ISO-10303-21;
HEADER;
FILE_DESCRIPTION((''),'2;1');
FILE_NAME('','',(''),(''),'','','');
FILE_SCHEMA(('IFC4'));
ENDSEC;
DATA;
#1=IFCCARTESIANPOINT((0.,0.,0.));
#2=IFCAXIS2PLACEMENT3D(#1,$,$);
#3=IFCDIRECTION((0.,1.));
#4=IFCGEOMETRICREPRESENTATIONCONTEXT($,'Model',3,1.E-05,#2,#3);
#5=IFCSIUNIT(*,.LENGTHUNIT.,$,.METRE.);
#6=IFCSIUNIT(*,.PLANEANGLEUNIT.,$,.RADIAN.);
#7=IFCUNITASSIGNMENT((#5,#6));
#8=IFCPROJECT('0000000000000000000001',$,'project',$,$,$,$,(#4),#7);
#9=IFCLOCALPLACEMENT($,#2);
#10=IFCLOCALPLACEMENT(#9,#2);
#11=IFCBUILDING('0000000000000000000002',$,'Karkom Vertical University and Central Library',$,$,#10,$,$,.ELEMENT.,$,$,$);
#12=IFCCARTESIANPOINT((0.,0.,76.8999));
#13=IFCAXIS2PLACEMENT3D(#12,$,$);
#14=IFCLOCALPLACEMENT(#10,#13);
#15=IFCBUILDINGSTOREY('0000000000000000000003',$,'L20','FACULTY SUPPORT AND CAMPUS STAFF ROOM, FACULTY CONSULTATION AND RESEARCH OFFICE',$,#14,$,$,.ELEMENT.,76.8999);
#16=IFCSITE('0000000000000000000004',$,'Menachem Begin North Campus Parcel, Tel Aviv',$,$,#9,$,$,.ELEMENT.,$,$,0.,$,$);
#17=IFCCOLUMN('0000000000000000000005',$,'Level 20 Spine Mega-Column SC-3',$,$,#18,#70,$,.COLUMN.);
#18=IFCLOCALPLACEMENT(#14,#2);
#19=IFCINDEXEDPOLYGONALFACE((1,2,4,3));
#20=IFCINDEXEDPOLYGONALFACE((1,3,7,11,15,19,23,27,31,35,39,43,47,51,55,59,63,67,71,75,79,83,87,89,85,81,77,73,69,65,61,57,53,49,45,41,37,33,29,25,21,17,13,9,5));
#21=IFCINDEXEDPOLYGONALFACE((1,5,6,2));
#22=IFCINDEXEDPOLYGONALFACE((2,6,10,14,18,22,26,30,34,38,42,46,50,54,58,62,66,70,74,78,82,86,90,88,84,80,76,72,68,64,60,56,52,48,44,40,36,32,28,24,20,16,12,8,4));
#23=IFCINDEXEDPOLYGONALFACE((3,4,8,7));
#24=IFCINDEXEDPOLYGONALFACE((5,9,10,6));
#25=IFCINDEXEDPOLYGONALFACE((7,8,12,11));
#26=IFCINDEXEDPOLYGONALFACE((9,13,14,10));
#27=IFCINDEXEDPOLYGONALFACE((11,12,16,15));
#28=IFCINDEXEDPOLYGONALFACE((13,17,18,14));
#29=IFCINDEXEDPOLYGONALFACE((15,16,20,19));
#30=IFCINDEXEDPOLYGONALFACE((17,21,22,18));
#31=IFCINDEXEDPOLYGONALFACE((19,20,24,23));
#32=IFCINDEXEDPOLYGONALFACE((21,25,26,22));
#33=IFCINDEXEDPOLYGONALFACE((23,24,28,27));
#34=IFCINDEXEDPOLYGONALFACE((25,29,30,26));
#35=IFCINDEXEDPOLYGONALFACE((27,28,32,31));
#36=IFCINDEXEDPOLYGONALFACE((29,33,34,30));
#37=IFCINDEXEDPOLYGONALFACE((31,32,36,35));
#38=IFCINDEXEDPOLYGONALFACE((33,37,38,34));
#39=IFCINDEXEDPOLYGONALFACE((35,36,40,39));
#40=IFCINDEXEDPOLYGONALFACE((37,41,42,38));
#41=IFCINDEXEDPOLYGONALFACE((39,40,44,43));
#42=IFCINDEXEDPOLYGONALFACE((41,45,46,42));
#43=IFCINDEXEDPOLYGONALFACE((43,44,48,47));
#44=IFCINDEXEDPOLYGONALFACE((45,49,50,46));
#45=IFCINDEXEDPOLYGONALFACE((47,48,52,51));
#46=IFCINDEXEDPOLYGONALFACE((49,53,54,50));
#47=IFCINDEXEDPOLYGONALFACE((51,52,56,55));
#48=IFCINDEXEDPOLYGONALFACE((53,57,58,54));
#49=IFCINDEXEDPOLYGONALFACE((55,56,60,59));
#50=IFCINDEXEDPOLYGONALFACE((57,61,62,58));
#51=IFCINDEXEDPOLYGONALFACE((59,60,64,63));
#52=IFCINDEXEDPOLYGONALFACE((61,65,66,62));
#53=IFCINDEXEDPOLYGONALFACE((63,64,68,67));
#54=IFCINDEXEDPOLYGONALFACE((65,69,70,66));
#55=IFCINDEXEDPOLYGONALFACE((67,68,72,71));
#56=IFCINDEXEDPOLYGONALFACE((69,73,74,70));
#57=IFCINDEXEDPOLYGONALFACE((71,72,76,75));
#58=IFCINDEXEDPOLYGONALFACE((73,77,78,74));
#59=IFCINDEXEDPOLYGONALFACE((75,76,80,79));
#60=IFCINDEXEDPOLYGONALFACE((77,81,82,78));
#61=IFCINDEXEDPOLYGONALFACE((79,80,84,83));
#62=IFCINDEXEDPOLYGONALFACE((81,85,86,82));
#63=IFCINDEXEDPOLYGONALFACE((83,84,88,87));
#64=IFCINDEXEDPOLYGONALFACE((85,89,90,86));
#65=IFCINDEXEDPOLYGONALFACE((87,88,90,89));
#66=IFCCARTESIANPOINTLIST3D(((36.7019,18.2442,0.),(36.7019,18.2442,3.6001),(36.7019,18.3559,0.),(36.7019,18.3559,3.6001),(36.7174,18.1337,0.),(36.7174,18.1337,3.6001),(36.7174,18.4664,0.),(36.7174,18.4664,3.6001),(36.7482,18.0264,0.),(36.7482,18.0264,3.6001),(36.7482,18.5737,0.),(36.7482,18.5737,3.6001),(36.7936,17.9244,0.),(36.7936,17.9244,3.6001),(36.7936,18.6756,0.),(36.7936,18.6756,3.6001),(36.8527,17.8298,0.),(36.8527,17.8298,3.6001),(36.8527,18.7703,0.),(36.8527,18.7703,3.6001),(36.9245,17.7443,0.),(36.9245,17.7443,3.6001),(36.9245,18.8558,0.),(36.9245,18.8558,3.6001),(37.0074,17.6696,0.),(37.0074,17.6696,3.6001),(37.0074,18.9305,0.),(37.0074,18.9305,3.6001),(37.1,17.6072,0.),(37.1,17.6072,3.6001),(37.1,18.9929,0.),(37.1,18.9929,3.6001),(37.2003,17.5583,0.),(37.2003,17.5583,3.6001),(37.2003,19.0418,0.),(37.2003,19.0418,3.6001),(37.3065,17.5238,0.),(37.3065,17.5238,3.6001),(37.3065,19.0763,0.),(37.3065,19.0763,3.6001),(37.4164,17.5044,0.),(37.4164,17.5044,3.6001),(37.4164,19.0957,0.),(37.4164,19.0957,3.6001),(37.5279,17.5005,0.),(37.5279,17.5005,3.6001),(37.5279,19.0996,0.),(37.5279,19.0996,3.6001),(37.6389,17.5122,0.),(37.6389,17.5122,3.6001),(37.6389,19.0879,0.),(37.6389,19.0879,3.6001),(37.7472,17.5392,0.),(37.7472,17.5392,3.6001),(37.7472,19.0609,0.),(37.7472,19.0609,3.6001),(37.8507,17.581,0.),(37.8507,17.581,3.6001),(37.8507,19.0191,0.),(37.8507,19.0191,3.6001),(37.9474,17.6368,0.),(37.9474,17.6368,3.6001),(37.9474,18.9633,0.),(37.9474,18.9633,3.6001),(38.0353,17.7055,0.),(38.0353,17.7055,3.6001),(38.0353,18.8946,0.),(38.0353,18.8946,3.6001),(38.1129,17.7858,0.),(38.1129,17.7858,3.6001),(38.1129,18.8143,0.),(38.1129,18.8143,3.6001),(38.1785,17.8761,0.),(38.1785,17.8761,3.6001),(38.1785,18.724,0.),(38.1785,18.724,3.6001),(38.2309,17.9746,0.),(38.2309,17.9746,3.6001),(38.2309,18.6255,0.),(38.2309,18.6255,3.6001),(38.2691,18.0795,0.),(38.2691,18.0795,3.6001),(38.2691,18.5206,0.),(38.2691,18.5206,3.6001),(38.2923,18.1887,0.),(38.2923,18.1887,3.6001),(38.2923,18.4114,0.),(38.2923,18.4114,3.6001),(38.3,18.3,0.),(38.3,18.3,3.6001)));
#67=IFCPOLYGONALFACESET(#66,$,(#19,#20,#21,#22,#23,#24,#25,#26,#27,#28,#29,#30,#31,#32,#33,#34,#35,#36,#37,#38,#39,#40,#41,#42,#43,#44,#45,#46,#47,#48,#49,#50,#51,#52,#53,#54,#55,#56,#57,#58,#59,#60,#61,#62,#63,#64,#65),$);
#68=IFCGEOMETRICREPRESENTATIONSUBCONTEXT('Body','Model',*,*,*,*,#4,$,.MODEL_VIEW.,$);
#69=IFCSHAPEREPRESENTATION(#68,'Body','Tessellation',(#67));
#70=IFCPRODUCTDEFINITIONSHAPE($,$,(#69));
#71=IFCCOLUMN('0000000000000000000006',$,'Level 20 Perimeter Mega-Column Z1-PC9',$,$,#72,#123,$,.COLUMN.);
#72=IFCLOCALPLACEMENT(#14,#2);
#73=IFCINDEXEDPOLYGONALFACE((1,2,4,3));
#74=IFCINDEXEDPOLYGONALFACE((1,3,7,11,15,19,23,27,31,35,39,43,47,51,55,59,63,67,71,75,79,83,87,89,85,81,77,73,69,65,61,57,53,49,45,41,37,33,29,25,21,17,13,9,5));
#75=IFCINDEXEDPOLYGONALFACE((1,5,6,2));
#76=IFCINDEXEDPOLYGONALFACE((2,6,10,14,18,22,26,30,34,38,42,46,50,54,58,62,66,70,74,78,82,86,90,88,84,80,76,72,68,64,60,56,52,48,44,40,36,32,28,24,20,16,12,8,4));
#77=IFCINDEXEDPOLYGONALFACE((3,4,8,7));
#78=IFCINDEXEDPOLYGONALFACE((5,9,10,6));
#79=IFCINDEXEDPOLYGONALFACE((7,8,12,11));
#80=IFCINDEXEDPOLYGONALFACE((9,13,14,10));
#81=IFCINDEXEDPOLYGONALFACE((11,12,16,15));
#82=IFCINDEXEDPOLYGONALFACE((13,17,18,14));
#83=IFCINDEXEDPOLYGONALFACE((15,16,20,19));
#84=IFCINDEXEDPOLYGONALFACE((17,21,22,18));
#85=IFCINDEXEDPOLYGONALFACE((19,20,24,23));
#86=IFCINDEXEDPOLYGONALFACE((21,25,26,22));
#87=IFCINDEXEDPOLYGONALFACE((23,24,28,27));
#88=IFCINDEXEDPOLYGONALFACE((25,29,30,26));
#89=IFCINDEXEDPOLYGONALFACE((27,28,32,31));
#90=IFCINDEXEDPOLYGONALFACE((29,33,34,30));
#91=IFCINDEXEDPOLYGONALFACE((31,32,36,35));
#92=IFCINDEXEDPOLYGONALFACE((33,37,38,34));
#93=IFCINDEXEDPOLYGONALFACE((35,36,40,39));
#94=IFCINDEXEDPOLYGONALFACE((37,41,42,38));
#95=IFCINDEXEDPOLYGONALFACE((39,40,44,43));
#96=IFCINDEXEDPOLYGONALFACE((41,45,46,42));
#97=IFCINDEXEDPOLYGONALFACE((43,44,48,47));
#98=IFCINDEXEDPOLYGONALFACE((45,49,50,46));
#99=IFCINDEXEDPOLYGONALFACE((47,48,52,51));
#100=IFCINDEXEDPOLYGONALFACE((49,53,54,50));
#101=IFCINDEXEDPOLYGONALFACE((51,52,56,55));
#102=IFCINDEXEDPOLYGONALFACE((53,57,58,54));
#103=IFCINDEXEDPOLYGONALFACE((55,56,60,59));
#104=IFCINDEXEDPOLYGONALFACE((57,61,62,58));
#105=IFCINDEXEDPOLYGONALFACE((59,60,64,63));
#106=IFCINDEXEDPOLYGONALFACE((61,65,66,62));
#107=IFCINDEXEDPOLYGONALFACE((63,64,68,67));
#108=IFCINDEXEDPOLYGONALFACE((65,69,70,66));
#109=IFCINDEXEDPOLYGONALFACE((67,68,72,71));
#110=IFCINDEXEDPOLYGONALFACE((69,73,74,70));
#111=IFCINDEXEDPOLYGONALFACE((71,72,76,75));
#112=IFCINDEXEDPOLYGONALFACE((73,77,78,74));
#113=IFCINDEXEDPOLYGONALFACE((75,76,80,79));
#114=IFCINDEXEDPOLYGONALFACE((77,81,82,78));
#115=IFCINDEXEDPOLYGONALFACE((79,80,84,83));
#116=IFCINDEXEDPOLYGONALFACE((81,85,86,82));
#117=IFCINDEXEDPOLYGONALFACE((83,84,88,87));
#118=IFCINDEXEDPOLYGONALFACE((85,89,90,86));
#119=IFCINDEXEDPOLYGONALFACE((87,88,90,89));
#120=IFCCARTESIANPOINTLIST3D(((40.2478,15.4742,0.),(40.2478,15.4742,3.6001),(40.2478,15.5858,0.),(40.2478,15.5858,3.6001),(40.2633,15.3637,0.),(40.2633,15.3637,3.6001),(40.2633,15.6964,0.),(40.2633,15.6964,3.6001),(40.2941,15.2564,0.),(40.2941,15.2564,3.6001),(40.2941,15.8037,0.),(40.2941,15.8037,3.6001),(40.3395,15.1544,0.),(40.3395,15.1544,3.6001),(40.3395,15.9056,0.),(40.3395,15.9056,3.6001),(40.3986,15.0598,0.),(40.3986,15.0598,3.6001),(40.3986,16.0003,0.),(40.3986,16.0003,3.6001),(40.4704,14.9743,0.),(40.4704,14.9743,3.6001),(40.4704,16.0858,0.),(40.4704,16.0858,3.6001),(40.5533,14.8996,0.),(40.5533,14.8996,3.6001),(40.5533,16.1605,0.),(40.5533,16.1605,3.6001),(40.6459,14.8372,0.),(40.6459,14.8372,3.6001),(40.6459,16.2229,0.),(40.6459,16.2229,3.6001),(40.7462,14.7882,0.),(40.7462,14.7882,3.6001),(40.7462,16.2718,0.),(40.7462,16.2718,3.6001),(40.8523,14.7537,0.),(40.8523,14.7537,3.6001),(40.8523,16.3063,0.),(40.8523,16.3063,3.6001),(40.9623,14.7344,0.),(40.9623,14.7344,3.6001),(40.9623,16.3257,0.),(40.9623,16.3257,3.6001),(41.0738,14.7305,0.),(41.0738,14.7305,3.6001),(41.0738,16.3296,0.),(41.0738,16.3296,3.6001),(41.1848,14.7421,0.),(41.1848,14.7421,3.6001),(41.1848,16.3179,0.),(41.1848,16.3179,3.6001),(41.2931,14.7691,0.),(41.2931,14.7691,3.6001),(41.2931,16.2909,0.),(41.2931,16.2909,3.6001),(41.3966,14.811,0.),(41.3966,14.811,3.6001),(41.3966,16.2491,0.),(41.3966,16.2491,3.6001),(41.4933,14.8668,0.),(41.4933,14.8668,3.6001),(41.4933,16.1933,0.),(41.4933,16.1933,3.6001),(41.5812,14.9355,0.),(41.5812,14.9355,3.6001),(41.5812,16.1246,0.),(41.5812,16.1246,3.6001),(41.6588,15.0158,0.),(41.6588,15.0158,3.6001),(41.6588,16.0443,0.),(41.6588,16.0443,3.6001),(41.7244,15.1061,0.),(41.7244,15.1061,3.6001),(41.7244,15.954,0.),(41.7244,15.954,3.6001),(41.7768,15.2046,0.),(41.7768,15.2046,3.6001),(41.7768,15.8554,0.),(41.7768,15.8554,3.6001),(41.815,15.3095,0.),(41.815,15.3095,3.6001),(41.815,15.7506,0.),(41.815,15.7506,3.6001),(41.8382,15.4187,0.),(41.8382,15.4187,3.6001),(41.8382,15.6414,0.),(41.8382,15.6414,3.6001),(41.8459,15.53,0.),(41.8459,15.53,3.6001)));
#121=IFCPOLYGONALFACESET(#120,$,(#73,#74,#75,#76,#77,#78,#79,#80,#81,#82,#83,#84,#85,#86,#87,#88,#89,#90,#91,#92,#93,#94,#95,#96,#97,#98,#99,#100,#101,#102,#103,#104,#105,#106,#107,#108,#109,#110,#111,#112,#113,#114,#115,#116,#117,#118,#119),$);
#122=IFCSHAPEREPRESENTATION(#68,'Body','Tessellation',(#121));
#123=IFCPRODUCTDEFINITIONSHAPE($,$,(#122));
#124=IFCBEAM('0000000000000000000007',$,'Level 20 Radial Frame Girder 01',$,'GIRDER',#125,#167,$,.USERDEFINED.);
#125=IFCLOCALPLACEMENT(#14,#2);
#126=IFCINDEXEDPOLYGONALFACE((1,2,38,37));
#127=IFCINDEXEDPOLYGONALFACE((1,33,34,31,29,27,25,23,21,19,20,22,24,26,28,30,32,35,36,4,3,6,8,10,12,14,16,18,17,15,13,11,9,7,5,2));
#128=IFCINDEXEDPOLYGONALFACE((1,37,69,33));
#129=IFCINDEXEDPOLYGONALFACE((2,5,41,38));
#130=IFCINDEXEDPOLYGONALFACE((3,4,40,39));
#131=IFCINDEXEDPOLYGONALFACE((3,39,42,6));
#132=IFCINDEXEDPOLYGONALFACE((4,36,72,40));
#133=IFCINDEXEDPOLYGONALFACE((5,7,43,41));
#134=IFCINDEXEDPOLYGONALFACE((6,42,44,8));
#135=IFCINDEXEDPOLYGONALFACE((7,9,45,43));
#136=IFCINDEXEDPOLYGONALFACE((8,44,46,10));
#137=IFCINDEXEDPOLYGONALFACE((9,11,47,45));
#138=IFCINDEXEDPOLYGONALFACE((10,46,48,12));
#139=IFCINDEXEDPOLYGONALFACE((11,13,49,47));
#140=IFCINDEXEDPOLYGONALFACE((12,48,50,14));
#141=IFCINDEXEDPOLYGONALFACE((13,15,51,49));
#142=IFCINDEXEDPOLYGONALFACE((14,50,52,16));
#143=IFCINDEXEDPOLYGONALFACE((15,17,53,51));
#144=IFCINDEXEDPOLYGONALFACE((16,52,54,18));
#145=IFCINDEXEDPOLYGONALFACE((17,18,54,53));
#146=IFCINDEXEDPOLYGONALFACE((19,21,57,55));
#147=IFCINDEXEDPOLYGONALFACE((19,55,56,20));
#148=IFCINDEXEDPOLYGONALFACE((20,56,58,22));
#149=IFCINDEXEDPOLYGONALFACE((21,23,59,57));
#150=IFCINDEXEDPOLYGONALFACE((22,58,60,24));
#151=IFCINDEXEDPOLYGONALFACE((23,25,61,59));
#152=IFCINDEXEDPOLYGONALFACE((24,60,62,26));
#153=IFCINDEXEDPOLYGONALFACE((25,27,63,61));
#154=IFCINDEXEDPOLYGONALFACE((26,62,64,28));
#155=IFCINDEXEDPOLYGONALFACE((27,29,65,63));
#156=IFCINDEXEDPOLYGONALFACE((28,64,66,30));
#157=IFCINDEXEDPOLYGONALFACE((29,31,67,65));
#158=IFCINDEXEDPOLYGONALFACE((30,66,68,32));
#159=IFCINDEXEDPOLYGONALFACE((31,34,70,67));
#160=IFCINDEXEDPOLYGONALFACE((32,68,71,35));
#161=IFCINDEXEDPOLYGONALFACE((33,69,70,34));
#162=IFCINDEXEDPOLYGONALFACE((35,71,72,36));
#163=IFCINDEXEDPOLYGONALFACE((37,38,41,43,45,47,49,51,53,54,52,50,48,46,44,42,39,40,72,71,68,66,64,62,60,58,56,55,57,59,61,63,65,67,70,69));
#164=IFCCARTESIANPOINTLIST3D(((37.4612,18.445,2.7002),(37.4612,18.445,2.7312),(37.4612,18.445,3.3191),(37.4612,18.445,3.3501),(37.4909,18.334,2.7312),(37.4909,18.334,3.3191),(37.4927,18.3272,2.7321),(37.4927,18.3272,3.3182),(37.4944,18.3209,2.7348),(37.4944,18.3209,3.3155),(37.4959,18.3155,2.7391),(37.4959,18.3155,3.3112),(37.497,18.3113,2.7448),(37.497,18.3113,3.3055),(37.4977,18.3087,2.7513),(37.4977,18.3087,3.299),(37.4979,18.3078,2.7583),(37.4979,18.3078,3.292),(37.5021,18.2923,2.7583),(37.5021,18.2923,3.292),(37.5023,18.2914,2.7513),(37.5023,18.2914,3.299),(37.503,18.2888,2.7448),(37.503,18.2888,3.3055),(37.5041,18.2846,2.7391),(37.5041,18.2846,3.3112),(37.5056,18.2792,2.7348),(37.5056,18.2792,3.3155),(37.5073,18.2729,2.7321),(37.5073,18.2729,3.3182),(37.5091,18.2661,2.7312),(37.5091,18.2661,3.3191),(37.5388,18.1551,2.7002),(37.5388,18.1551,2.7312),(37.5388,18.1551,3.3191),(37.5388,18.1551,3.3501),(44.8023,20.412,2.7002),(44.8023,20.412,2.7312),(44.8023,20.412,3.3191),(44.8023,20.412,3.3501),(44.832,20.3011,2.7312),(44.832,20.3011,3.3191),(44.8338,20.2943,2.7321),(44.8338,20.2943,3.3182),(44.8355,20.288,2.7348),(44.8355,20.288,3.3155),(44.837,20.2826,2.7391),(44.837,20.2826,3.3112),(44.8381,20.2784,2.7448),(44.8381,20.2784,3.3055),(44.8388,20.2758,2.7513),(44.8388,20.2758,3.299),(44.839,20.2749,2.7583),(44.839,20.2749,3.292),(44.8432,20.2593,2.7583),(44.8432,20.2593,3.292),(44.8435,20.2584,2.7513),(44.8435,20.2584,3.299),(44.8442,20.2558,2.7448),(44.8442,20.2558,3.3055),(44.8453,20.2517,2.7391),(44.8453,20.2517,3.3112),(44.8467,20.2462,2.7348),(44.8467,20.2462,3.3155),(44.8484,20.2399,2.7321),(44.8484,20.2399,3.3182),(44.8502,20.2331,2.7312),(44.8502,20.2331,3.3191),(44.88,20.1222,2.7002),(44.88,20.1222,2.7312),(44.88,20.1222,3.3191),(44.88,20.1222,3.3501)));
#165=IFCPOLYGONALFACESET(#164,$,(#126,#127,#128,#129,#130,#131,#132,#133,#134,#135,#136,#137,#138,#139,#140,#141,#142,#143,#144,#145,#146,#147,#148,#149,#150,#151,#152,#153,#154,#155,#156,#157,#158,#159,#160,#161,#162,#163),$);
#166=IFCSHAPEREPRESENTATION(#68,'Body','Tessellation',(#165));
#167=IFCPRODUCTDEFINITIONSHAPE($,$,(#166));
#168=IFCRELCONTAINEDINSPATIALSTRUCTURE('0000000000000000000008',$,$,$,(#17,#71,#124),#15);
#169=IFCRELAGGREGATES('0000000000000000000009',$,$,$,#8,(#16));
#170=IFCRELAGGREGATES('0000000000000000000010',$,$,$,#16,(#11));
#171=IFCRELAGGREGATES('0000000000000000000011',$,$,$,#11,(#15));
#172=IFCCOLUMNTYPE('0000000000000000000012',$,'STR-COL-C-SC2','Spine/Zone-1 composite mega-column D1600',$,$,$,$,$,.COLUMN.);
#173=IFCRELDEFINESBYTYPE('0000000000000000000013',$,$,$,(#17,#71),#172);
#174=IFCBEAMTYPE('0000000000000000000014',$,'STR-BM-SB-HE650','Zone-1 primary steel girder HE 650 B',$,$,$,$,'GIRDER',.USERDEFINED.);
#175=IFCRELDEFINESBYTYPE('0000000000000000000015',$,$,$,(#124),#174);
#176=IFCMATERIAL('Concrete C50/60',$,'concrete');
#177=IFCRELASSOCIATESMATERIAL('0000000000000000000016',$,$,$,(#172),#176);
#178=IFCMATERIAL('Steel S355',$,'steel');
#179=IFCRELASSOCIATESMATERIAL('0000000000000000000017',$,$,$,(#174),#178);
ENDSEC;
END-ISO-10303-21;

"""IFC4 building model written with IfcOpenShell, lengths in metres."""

from ifc_helpers import new_model, si_unit, direction, frame, origin, origin_with_axes, origin_2d, place, context, subcontext, project, spatial, circle, i_section, extrude, source, transform, mapped, material, material_profile, profile_set, type_object, element, save


model = new_model("IFC4")

# Units and contexts
model_context = context("Model", 3, precision=1e-05, world=origin(), true_north=direction((0.0, 1.0)))
body_context = subcontext(model_context, "Body", "Model", "MODEL_VIEW")
ifc_project = project(units=[si_unit("LENGTHUNIT", "METRE"), si_unit("PLANEANGLEUNIT", "RADIAN")], contexts=[model_context])

# Site, building, storey
site_placement = place(None, origin())
site = spatial("IfcSite", under=ifc_project, at=site_placement, Name="Menachem Begin North Campus Parcel, Tel Aviv", CompositionType="ELEMENT", RefElevation=0.0)
building_placement = place(site_placement, origin())
building = spatial("IfcBuilding", under=site, at=building_placement, Name="Karkom Vertical University and Central Library", CompositionType="ELEMENT")
storey_placement = place(building_placement, frame((0.0, 0.0, 76.8999)))
storey = spatial("IfcBuildingStorey", under=building, at=storey_placement, Name="L20", Description="FACULTY SUPPORT AND CAMPUS STAFF ROOM, FACULTY CONSULTATION AND RESEARCH OFFICE", CompositionType="ELEMENT", Elevation=76.8999)

# Columns
ifc_material_1 = material(Name="Concrete C50/60", Category="concrete")
ifc_material_profile_1 = material_profile(ifc_material_1, circle(Radius=0.8, at=origin_2d()), Name="CFT-D1600")
ifc_profile_set_1 = profile_set([ifc_material_profile_1], Name="Concrete C50/60")
column_type = type_object("IfcColumnType", Name="STR-COL-C-SC2", Description="Spine/Zone-1 composite mega-column D1600", PredefinedType="COLUMN", material=ifc_profile_set_1)
shared_shape_1 = source(origin_with_axes(), body_context, "Body", "SweptSolid", [
    extrude(circle(Radius=0.8, at=origin_2d()), origin(), (0.0, 0.0, 1.0), 3.6001),
])
for number, where, z_axis, x_axis, name in (
    (1, (37.5, 18.3, 0.0), (0.0, 0.0, 1.0), (1.0, 0.0, 0.0), "Level 20 Spine Mega-Column SC-3"),
    (2, (41.0459, 15.53, 0.0), (0.0, 0.0, 1.0), (1.0, 0.0, 0.0), "Level 20 Perimeter Mega-Column Z1-PC9"),
):
    element("IfcColumn", number, at=place(storey_placement, frame(where, z_axis=z_axis, x_axis=x_axis)), inside=storey, type_object=column_type, Name=name, PredefinedType="COLUMN", context=body_context, shape_type="MappedRepresentation", body=[
        mapped(shared_shape_1, transform((0.0, 0.0, 0.0), scale=1.0)),
    ])

# Beam
ifc_material_2 = material(Name="Steel S355", Category="steel")
ifc_material_profile_2 = material_profile(ifc_material_2, i_section(OverallWidth=0.3, OverallDepth=0.6499, WebThickness=0.0161, FlangeThickness=0.031, FilletRadius=0.0271, at=origin_2d()), Name="HE 650 B")
ifc_profile_set_2 = profile_set([ifc_material_profile_2], Name="Steel S355")
beam_type_1 = type_object("IfcBeamType", Name="STR-BM-SB-HE650", Description="Zone-1 primary steel girder HE 650 B", ElementType="GIRDER", PredefinedType="USERDEFINED", material=ifc_profile_set_2)
shared_shape_2 = source(origin_with_axes(), body_context, "Body", "SweptSolid", [
    extrude(i_section(OverallWidth=0.3, OverallDepth=0.6499, WebThickness=0.0161, FlangeThickness=0.031, FilletRadius=0.0271, at=origin_2d()), origin(), (0.0, 0.0, 1.0), 7.6001),
])
beam_1_placement = place(storey_placement, frame((37.5, 18.3, 3.0251), z_axis=(0.965926, 0.25882, 0.0), x_axis=(-0.25882, 0.965926, 0.0)))
element("IfcBeam", 3, at=beam_1_placement, inside=storey, type_object=beam_type_1, Name="Level 20 Radial Frame Girder 01", ObjectType="GIRDER", PredefinedType="USERDEFINED", context=body_context, shape_type="MappedRepresentation", body=[
    mapped(shared_shape_2, transform((0.0, 0.0, 0.0), scale=1.0)),
])

save(model, "model.ifc")
